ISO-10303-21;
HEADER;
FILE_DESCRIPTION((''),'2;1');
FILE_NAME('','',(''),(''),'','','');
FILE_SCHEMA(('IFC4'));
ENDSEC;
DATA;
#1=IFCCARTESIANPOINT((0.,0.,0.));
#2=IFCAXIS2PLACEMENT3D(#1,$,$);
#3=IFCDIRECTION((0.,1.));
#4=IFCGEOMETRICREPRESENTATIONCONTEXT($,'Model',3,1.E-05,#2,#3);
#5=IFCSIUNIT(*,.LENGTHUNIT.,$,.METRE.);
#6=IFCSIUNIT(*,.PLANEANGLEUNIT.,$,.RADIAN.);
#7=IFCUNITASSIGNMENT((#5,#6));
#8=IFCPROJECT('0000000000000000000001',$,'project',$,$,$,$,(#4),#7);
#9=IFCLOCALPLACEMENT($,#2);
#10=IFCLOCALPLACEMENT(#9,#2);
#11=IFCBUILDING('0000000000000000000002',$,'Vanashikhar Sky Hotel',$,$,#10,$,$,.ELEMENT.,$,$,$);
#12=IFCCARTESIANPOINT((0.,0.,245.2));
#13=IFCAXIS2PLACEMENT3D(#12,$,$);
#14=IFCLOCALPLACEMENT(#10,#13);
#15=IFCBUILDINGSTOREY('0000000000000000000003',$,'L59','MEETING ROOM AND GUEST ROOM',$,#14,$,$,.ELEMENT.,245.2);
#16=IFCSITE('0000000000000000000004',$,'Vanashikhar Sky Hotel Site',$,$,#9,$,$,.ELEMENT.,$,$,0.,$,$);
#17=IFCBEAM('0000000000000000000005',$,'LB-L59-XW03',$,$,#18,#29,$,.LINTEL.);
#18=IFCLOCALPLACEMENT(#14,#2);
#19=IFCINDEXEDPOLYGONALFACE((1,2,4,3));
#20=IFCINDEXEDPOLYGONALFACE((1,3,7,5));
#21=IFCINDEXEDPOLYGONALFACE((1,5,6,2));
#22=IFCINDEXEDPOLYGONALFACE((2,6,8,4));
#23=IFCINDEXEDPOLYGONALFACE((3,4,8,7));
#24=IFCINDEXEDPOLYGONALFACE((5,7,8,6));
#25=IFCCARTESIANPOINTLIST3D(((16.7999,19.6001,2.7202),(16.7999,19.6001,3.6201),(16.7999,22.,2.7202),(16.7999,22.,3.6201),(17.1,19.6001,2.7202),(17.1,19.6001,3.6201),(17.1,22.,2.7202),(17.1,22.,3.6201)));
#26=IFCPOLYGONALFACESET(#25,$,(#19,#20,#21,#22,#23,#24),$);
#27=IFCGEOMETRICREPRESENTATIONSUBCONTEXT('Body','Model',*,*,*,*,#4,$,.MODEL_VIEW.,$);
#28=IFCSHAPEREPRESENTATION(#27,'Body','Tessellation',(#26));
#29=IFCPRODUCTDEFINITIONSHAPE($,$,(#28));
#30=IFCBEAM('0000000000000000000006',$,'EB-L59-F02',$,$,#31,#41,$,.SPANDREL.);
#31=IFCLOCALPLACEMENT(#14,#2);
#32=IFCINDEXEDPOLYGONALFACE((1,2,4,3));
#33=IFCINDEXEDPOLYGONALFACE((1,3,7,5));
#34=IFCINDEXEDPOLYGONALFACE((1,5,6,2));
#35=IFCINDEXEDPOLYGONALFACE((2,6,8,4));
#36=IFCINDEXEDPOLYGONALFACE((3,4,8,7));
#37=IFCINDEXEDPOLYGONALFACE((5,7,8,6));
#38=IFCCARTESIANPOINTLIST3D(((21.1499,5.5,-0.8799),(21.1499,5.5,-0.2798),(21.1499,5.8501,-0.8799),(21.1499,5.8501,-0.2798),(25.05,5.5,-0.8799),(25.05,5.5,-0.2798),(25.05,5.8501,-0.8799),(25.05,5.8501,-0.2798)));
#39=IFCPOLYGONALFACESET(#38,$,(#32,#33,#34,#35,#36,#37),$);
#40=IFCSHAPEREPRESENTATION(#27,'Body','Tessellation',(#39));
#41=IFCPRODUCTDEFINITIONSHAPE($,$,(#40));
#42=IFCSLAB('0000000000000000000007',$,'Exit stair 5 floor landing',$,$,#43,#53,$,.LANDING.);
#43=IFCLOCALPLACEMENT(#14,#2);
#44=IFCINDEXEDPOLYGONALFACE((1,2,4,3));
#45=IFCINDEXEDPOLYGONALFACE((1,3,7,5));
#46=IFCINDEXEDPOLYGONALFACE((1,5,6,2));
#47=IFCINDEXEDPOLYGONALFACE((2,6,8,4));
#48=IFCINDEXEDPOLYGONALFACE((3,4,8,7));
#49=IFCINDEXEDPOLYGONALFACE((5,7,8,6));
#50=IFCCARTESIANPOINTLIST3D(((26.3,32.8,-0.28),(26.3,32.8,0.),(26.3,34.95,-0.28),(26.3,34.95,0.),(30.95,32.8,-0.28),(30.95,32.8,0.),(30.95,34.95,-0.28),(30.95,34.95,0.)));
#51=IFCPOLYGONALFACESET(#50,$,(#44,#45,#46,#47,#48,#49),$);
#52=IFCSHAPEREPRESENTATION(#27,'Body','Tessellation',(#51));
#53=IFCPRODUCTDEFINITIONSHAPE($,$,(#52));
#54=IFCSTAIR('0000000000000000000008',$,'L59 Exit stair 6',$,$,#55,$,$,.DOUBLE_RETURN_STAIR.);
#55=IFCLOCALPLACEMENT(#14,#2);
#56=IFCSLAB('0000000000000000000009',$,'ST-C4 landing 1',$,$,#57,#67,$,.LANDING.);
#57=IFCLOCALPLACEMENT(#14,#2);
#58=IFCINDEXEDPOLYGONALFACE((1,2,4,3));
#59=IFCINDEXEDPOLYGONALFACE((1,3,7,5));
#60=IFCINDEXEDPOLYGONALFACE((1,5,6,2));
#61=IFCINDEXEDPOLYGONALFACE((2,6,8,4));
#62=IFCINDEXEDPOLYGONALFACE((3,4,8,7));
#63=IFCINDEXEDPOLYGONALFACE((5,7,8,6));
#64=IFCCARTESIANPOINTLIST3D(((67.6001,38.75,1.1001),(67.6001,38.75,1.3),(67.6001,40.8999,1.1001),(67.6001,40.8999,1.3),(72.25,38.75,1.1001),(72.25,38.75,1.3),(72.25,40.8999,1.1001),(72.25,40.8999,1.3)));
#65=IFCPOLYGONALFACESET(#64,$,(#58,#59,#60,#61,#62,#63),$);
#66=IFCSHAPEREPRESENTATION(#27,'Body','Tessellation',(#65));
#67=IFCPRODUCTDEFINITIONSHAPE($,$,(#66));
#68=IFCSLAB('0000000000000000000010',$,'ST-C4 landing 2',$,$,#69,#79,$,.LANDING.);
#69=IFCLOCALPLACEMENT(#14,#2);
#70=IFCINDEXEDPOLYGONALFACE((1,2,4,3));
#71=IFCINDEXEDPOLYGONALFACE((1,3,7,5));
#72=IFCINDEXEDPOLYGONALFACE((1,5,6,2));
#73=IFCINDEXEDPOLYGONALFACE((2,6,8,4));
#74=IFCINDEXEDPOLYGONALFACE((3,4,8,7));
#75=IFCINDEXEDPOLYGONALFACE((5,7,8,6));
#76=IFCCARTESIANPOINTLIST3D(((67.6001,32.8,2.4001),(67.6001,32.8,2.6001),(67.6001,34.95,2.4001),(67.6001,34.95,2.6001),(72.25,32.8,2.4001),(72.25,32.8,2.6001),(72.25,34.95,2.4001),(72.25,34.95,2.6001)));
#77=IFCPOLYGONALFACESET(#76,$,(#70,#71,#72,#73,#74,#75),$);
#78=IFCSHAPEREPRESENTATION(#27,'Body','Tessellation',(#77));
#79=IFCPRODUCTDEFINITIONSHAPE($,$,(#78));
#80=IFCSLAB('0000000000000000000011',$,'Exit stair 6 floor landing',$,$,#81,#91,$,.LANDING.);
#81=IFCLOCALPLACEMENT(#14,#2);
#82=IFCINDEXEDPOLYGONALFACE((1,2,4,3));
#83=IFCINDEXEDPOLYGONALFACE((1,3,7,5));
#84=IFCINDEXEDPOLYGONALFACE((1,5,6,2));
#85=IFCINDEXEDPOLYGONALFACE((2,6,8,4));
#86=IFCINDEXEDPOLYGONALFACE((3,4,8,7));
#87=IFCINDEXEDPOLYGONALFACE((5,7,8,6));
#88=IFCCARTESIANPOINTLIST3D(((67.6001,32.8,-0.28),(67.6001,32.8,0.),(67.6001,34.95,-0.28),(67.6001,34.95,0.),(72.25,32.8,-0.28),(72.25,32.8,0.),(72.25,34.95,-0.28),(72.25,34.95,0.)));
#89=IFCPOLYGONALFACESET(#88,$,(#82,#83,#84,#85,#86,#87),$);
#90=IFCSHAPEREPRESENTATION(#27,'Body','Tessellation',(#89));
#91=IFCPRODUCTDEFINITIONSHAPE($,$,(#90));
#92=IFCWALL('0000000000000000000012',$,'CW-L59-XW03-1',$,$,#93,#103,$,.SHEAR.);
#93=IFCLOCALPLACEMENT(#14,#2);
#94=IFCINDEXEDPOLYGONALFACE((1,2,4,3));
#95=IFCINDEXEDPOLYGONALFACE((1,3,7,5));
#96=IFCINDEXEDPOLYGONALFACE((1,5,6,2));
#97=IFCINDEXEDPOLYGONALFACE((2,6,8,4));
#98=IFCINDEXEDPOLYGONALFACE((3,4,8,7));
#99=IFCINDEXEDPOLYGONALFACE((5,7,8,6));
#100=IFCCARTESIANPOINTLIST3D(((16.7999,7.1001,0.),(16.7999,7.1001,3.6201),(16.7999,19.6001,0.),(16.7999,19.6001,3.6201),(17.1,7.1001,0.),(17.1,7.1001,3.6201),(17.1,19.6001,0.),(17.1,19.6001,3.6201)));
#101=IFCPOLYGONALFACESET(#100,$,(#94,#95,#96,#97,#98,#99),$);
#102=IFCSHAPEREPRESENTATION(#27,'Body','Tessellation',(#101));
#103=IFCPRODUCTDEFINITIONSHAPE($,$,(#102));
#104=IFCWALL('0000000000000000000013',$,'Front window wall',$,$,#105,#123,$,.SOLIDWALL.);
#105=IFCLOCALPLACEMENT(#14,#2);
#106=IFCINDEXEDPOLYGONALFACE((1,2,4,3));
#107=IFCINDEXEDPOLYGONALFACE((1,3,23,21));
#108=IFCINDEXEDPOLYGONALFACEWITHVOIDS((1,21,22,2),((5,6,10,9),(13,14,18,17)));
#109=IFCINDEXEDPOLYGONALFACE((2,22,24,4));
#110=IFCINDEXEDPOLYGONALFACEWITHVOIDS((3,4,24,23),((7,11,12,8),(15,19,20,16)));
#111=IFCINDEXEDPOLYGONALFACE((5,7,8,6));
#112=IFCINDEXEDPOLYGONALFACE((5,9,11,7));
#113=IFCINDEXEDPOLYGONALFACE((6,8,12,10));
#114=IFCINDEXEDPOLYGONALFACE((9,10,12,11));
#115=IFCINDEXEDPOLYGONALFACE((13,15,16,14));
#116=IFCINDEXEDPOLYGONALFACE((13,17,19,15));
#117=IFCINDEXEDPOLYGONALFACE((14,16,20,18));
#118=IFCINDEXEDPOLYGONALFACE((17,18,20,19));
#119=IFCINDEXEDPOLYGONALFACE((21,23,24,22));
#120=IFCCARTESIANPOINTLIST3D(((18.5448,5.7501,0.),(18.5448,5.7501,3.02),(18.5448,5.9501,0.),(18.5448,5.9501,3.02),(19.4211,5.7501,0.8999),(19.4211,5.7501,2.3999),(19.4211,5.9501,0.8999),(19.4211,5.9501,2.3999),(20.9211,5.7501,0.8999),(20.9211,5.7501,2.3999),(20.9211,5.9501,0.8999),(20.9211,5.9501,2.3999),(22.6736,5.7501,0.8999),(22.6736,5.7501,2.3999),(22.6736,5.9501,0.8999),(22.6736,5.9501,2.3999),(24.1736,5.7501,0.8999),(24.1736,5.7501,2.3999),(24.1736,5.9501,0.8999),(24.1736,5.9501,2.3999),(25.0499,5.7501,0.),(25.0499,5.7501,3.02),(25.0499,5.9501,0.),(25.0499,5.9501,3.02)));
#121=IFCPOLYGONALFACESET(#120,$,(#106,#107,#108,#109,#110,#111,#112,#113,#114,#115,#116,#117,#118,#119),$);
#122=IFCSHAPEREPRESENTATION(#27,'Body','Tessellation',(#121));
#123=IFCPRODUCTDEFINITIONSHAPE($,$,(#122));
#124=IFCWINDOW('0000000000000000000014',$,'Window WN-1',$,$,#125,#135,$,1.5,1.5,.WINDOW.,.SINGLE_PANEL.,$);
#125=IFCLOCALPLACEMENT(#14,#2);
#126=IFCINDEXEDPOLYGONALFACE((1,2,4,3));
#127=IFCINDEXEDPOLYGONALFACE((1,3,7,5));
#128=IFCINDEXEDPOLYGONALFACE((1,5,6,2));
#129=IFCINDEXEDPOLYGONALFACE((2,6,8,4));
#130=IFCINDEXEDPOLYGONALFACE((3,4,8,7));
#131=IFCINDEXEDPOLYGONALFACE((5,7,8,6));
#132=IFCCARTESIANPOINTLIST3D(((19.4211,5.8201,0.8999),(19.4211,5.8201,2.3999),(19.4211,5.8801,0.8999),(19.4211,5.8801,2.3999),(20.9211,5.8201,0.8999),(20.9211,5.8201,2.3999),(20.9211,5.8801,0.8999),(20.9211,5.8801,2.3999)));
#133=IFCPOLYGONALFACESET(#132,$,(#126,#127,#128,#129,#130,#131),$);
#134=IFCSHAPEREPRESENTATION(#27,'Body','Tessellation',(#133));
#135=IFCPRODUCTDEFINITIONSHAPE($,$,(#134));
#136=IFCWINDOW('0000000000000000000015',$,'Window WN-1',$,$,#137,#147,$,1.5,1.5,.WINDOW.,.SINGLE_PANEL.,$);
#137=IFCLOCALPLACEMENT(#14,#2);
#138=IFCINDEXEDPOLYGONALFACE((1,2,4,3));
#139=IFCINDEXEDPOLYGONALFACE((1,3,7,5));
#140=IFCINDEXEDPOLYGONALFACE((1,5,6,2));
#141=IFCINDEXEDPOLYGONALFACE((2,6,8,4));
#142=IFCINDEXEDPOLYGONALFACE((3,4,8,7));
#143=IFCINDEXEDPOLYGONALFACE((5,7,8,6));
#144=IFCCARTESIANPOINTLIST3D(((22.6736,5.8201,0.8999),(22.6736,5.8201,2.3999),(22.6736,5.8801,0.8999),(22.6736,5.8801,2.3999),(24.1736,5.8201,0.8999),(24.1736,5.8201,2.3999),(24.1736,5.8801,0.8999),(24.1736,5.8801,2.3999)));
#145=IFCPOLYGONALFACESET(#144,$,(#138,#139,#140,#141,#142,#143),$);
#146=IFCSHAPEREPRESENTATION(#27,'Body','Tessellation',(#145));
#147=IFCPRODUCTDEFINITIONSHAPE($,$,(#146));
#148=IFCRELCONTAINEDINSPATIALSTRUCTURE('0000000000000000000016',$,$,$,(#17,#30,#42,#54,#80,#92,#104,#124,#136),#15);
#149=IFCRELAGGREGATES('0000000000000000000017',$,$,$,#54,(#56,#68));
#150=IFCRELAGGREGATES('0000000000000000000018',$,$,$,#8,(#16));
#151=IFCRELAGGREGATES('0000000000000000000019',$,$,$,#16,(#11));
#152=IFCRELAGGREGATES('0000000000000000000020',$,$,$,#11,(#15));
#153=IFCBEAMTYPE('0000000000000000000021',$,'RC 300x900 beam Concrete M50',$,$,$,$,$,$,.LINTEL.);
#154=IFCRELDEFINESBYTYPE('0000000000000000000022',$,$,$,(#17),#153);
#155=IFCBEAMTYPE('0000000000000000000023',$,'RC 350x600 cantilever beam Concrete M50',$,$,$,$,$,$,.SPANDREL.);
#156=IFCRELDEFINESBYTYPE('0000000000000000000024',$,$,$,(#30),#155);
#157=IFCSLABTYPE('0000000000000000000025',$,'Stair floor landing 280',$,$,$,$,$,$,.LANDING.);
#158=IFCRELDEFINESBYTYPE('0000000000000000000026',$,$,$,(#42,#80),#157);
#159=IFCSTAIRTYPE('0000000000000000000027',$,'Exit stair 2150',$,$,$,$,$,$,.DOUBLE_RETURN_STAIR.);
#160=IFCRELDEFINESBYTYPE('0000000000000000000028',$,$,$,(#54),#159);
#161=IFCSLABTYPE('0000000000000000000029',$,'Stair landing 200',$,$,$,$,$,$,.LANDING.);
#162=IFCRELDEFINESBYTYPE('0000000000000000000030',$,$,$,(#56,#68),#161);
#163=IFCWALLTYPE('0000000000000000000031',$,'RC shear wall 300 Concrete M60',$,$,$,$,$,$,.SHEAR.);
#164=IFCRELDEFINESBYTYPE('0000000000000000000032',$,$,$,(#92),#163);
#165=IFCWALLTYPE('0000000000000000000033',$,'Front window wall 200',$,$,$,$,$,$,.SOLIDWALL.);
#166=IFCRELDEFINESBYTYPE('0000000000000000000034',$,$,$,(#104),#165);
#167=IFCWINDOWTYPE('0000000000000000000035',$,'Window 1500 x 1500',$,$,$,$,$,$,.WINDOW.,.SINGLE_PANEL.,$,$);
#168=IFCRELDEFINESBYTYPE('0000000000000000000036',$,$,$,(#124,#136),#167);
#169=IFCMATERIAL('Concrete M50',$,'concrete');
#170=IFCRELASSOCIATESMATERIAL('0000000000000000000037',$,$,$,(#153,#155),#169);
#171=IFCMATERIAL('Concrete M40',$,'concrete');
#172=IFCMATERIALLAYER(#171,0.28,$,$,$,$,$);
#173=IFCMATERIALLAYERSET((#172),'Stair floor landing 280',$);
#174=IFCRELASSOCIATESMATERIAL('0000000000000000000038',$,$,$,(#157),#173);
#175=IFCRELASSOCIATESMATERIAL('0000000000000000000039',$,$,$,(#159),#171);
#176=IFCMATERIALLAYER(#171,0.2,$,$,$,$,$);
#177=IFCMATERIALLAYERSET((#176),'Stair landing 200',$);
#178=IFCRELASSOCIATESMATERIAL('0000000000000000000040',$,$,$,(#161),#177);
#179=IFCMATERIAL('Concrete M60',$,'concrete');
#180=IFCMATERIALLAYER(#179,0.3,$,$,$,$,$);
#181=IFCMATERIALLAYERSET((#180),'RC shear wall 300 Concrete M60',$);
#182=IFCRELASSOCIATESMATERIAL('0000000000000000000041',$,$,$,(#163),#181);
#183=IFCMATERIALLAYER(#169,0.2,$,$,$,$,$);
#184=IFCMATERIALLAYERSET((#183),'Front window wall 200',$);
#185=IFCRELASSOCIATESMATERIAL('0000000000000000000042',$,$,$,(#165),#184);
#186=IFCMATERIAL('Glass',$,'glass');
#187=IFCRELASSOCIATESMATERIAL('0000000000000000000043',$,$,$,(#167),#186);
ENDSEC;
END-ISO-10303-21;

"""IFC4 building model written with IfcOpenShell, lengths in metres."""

from ifc_helpers import new_model, si_unit, direction, frame, frame_2d, origin, origin_2d, place, context, subcontext, project, spatial, polyline, rectangle, outline, extrude, source, transform, mapped, material, layer, layer_set, material_profile, profile_set, type_object, element, fill, aggregate, save


model = new_model("IFC4")

# Units and contexts
model_context = context("Model", 3, precision=1e-05, world=origin(), true_north=direction((0.0, 1.0)))
body_context = subcontext(model_context, "Body", "Model", "MODEL_VIEW")
ifc_project = project(units=[si_unit("LENGTHUNIT", "METRE"), si_unit("PLANEANGLEUNIT", "RADIAN")], contexts=[model_context])

# Site, building, storey
site_placement = place(None, origin())
site = spatial("IfcSite", under=ifc_project, at=site_placement, Name="Vanashikhar Sky Hotel Site", CompositionType="ELEMENT", RefElevation=0.0)
building_placement = place(site_placement, origin())
building = spatial("IfcBuilding", under=site, at=building_placement, Name="Vanashikhar Sky Hotel", CompositionType="ELEMENT")
storey_placement = place(building_placement, frame((0.0, 0.0, 245.2)))
storey = spatial("IfcBuildingStorey", under=building, at=storey_placement, Name="L59", Description="MEETING ROOM AND GUEST ROOM", CompositionType="ELEMENT", Elevation=245.2)

# Beams
ifc_material_1 = material(Name="Concrete M50", Category="concrete")
ifc_material_profile_1 = material_profile(ifc_material_1, rectangle(XDim=0.3, YDim=0.8999, at=origin_2d()))
ifc_profile_set_1 = profile_set([ifc_material_profile_1], Name="RC 300x900 beam Concrete M50")
beam_type_1 = type_object("IfcBeamType", Name="RC 300x900 beam Concrete M50", PredefinedType="LINTEL", material=ifc_profile_set_1)
shared_shape_1 = source(origin(), body_context, "Body", "SweptSolid", [
    extrude(rectangle(XDim=0.3, YDim=0.8999, at=origin_2d()), origin(), (0.0, 0.0, 1.0), 2.3999),
])
beam_1_placement = place(storey_placement, frame((16.95, 19.6001, 3.1702), z_axis=(0.0, 1.0, 0.0), x_axis=(-1.0, 0.0, 0.0)))
element("IfcBeam", 1, at=beam_1_placement, inside=storey, type_object=beam_type_1, Name="LB-L59-XW03", PredefinedType="LINTEL", context=body_context, shape_type="MappedRepresentation", body=[
    mapped(shared_shape_1, transform((0.0, 0.0, 0.0), scale=1.0)),
])
ifc_material_profile_2 = material_profile(ifc_material_1, rectangle(XDim=0.3501, YDim=0.6001, at=origin_2d()))
ifc_profile_set_2 = profile_set([ifc_material_profile_2], Name="RC 350x600 cantilever beam Concrete M50")
beam_type_2 = type_object("IfcBeamType", Name="RC 350x600 cantilever beam Concrete M50", PredefinedType="SPANDREL", material=ifc_profile_set_2)
shared_shape_2 = source(origin(), body_context, "Body", "SweptSolid", [
    extrude(rectangle(XDim=0.3501, YDim=0.6001, at=origin_2d()), origin(), (0.0, 0.0, 1.0), 3.9001),
])
beam_2_placement = place(storey_placement, frame((21.1499, 5.675, -0.5798), z_axis=(1.0, 0.0, 0.0), x_axis=(0.0, 1.0, 0.0)))
element("IfcBeam", 2, at=beam_2_placement, inside=storey, type_object=beam_type_2, Name="EB-L59-F02", PredefinedType="SPANDREL", context=body_context, shape_type="MappedRepresentation", body=[
    mapped(shared_shape_2, transform((0.0, 0.0, 0.0), scale=1.0)),
])

# Slab
ifc_material_2 = material(Name="Concrete M40", Category="concrete")
ifc_layer_1 = layer(ifc_material_2, 0.28)
ifc_layer_set_1 = layer_set([ifc_layer_1], Name="Stair floor landing 280")
slab_type_1 = type_object("IfcSlabType", Name="Stair floor landing 280", PredefinedType="LANDING", material=ifc_layer_set_1)
shared_shape_3 = source(origin(), body_context, "Body", "SweptSolid", [
    extrude(outline(polyline([(30.95, 32.8), (30.95, 34.95), (26.3, 34.95), (26.3, 32.8), (30.95, 32.8)])), origin(), (0.0, 0.0, 1.0), 0.28),
])
slab_1_placement = place(storey_placement, frame((0.0, 0.0, -0.28)))
element("IfcSlab", 3, at=slab_1_placement, inside=storey, type_object=slab_type_1, Name="Exit stair 5 floor landing", PredefinedType="LANDING", context=body_context, shape_type="MappedRepresentation", body=[
    mapped(shared_shape_3, transform((0.0, 0.0, 0.0), scale=1.0)),
])

# Stair, slabs
stair_type = type_object("IfcStairType", Name="Exit stair 2150", PredefinedType="DOUBLE_RETURN_STAIR", material=ifc_material_2)
stair_placement = place(storey_placement, origin())
stair = element("IfcStair", 4, at=stair_placement, inside=storey, type_object=stair_type, Name="L59 Exit stair 6", PredefinedType="DOUBLE_RETURN_STAIR")
ifc_layer_2 = layer(ifc_material_2, 0.2)
ifc_layer_set_2 = layer_set([ifc_layer_2], Name="Stair landing 200")
slab_type_2 = type_object("IfcSlabType", Name="Stair landing 200", PredefinedType="LANDING", material=ifc_layer_set_2)
shared_shape_4 = source(origin(), body_context, "Body", "SweptSolid", [
    extrude(outline(polyline([(72.25, 38.75), (72.25, 40.8999), (67.6001, 40.8999), (67.6001, 38.75), (72.25, 38.75)])), origin(), (0.0, 0.0, 1.0), 0.2),
])
slab_2_placement = place(storey_placement, frame((0.0, 0.0, 1.1001)))
slab_2 = element("IfcSlab", 5, at=slab_2_placement, type_object=slab_type_2, Name="ST-C4 landing 1", PredefinedType="LANDING", context=body_context, shape_type="MappedRepresentation", body=[
    mapped(shared_shape_4, transform((0.0, 0.0, 0.0), scale=1.0)),
])
shared_shape_5 = source(origin(), body_context, "Body", "SweptSolid", [
    extrude(outline(polyline([(72.25, 32.8), (72.25, 34.95), (67.6001, 34.95), (67.6001, 32.8), (72.25, 32.8)])), origin(), (0.0, 0.0, 1.0), 0.2),
])
slab_3_placement = place(storey_placement, frame((0.0, 0.0, 2.4001)))
slab_3 = element("IfcSlab", 6, at=slab_3_placement, type_object=slab_type_2, Name="ST-C4 landing 2", PredefinedType="LANDING", context=body_context, shape_type="MappedRepresentation", body=[
    mapped(shared_shape_5, transform((0.0, 0.0, 0.0), scale=1.0)),
])
aggregate(stair, [slab_2, slab_3])

# Slab
shared_shape_6 = source(origin(), body_context, "Body", "SweptSolid", [
    extrude(outline(polyline([(72.25, 32.8), (72.25, 34.95), (67.6001, 34.95), (67.6001, 32.8), (72.25, 32.8)])), origin(), (0.0, 0.0, 1.0), 0.28),
])
slab_4_placement = place(storey_placement, frame((0.0, 0.0, -0.28)))
element("IfcSlab", 7, at=slab_4_placement, inside=storey, type_object=slab_type_1, Name="Exit stair 6 floor landing", PredefinedType="LANDING", context=body_context, shape_type="MappedRepresentation", body=[
    mapped(shared_shape_6, transform((0.0, 0.0, 0.0), scale=1.0)),
])

# Wall
ifc_material_3 = material(Name="Concrete M60", Category="concrete")
ifc_layer_3 = layer(ifc_material_3, 0.3)
ifc_layer_set_3 = layer_set([ifc_layer_3], Name="RC shear wall 300 Concrete M60")
wall_type_1 = type_object("IfcWallType", Name="RC shear wall 300 Concrete M60", PredefinedType="SHEAR", material=ifc_layer_set_3)
shared_shape_7 = source(origin(), body_context, "Body", "SweptSolid", [
    extrude(rectangle(XDim=12.5, YDim=0.3, at=frame_2d((6.25, 0.0))), origin(), (0.0, 0.0, 1.0), 3.6201),
])
wall_1_placement = place(storey_placement, frame((16.95, 7.1001, 0.0), z_axis=(0.0, 0.0, 1.0), x_axis=(0.0, 1.0, 0.0)))
element("IfcWall", 8, at=wall_1_placement, inside=storey, type_object=wall_type_1, Name="CW-L59-XW03-1", PredefinedType="SHEAR", context=body_context, shape_type="MappedRepresentation", body=[
    mapped(shared_shape_7, transform((0.0, 0.0, 0.0), scale=1.0)),
])

# Wall, openings, windows
ifc_layer_4 = layer(ifc_material_1, 0.2)
ifc_layer_set_4 = layer_set([ifc_layer_4], Name="Front window wall 200")
wall_type_2 = type_object("IfcWallType", Name="Front window wall 200", PredefinedType="SOLIDWALL", material=ifc_layer_set_4)
shared_shape_8 = source(origin(), body_context, "Body", "SweptSolid", [
    extrude(rectangle(XDim=6.5051, YDim=0.2, at=frame_2d((3.2524, 0.0))), origin(), (0.0, 0.0, 1.0), 3.02),
])
wall_2_placement = place(storey_placement, frame((18.5449, 5.8501, 0.0), z_axis=(0.0, 0.0, 1.0), x_axis=(1.0, 0.0, 0.0)))
wall_2 = element("IfcWall", 9, at=wall_2_placement, inside=storey, type_object=wall_type_2, Name="Front window wall", PredefinedType="SOLIDWALL", context=body_context, shape_type="MappedRepresentation", body=[
    mapped(shared_shape_8, transform((0.0, 0.0, 0.0), scale=1.0)),
])
shared_shape_9 = source(origin(), body_context, "Body", "SweptSolid", [
    extrude(rectangle(XDim=1.5, YDim=1.5, at=frame_2d((0.75, 0.75))), frame((0.0, 0.1099, 0.0), z_axis=(0.0, -1.0, 0.0), x_axis=(1.0, 0.0, 0.0)), (0.0, 0.0, 1.0), 0.22),
])
opening_1_placement = place(wall_2_placement, frame((0.8762, 0.0, 0.8999)))
opening_1 = element("IfcOpeningElement", 10, at=opening_1_placement, cuts=wall_2, PredefinedType="OPENING", context=body_context, shape_type="MappedRepresentation", body=[
    mapped(shared_shape_9, transform((0.0, 0.0, 0.0), scale=1.0)),
])
opening_2_placement = place(wall_2_placement, frame((4.1287, 0.0, 0.8999)))
opening_2 = element("IfcOpeningElement", 11, at=opening_2_placement, cuts=wall_2, PredefinedType="OPENING", context=body_context, shape_type="MappedRepresentation", body=[
    mapped(shared_shape_9, transform((0.0, 0.0, 0.0), scale=1.0)),
])
ifc_material_4 = material(Name="Glass", Category="glass")
window_type_1 = type_object("IfcWindowType", Name="Window 1500 x 1500", PartitioningType="SINGLE_PANEL", PredefinedType="WINDOW", material=ifc_material_4)
shared_shape_10 = source(origin(), body_context, "Body", "SweptSolid", [
    extrude(rectangle(XDim=1.5, YDim=1.5, at=frame_2d((0.75, 0.75))), frame((0.0, 0.03, 0.0), z_axis=(0.0, -1.0, 0.0), x_axis=(1.0, 0.0, 0.0)), (0.0, 0.0, 1.0), 0.0601),
])
window_1_placement = place(opening_1_placement, origin())
window_1 = element("IfcWindow", 12, at=window_1_placement, inside=storey, type_object=window_type_1, Name="Window WN-1", OverallHeight=1.5, OverallWidth=1.5, PartitioningType="SINGLE_PANEL", PredefinedType="WINDOW", context=body_context, shape_type="MappedRepresentation", body=[
    mapped(shared_shape_10, transform((0.0, 0.0, 0.0), scale=1.0)),
])
fill(opening_1, window_1)
window_2_placement = place(opening_2_placement, origin())
window_2 = element("IfcWindow", 13, at=window_2_placement, inside=storey, type_object=window_type_1, Name="Window WN-1", OverallHeight=1.5, OverallWidth=1.5, PartitioningType="SINGLE_PANEL", PredefinedType="WINDOW", context=body_context, shape_type="MappedRepresentation", body=[
    mapped(shared_shape_10, transform((0.0, 0.0, 0.0), scale=1.0)),
])
fill(opening_2, window_2)

save(model, "model.ifc")
